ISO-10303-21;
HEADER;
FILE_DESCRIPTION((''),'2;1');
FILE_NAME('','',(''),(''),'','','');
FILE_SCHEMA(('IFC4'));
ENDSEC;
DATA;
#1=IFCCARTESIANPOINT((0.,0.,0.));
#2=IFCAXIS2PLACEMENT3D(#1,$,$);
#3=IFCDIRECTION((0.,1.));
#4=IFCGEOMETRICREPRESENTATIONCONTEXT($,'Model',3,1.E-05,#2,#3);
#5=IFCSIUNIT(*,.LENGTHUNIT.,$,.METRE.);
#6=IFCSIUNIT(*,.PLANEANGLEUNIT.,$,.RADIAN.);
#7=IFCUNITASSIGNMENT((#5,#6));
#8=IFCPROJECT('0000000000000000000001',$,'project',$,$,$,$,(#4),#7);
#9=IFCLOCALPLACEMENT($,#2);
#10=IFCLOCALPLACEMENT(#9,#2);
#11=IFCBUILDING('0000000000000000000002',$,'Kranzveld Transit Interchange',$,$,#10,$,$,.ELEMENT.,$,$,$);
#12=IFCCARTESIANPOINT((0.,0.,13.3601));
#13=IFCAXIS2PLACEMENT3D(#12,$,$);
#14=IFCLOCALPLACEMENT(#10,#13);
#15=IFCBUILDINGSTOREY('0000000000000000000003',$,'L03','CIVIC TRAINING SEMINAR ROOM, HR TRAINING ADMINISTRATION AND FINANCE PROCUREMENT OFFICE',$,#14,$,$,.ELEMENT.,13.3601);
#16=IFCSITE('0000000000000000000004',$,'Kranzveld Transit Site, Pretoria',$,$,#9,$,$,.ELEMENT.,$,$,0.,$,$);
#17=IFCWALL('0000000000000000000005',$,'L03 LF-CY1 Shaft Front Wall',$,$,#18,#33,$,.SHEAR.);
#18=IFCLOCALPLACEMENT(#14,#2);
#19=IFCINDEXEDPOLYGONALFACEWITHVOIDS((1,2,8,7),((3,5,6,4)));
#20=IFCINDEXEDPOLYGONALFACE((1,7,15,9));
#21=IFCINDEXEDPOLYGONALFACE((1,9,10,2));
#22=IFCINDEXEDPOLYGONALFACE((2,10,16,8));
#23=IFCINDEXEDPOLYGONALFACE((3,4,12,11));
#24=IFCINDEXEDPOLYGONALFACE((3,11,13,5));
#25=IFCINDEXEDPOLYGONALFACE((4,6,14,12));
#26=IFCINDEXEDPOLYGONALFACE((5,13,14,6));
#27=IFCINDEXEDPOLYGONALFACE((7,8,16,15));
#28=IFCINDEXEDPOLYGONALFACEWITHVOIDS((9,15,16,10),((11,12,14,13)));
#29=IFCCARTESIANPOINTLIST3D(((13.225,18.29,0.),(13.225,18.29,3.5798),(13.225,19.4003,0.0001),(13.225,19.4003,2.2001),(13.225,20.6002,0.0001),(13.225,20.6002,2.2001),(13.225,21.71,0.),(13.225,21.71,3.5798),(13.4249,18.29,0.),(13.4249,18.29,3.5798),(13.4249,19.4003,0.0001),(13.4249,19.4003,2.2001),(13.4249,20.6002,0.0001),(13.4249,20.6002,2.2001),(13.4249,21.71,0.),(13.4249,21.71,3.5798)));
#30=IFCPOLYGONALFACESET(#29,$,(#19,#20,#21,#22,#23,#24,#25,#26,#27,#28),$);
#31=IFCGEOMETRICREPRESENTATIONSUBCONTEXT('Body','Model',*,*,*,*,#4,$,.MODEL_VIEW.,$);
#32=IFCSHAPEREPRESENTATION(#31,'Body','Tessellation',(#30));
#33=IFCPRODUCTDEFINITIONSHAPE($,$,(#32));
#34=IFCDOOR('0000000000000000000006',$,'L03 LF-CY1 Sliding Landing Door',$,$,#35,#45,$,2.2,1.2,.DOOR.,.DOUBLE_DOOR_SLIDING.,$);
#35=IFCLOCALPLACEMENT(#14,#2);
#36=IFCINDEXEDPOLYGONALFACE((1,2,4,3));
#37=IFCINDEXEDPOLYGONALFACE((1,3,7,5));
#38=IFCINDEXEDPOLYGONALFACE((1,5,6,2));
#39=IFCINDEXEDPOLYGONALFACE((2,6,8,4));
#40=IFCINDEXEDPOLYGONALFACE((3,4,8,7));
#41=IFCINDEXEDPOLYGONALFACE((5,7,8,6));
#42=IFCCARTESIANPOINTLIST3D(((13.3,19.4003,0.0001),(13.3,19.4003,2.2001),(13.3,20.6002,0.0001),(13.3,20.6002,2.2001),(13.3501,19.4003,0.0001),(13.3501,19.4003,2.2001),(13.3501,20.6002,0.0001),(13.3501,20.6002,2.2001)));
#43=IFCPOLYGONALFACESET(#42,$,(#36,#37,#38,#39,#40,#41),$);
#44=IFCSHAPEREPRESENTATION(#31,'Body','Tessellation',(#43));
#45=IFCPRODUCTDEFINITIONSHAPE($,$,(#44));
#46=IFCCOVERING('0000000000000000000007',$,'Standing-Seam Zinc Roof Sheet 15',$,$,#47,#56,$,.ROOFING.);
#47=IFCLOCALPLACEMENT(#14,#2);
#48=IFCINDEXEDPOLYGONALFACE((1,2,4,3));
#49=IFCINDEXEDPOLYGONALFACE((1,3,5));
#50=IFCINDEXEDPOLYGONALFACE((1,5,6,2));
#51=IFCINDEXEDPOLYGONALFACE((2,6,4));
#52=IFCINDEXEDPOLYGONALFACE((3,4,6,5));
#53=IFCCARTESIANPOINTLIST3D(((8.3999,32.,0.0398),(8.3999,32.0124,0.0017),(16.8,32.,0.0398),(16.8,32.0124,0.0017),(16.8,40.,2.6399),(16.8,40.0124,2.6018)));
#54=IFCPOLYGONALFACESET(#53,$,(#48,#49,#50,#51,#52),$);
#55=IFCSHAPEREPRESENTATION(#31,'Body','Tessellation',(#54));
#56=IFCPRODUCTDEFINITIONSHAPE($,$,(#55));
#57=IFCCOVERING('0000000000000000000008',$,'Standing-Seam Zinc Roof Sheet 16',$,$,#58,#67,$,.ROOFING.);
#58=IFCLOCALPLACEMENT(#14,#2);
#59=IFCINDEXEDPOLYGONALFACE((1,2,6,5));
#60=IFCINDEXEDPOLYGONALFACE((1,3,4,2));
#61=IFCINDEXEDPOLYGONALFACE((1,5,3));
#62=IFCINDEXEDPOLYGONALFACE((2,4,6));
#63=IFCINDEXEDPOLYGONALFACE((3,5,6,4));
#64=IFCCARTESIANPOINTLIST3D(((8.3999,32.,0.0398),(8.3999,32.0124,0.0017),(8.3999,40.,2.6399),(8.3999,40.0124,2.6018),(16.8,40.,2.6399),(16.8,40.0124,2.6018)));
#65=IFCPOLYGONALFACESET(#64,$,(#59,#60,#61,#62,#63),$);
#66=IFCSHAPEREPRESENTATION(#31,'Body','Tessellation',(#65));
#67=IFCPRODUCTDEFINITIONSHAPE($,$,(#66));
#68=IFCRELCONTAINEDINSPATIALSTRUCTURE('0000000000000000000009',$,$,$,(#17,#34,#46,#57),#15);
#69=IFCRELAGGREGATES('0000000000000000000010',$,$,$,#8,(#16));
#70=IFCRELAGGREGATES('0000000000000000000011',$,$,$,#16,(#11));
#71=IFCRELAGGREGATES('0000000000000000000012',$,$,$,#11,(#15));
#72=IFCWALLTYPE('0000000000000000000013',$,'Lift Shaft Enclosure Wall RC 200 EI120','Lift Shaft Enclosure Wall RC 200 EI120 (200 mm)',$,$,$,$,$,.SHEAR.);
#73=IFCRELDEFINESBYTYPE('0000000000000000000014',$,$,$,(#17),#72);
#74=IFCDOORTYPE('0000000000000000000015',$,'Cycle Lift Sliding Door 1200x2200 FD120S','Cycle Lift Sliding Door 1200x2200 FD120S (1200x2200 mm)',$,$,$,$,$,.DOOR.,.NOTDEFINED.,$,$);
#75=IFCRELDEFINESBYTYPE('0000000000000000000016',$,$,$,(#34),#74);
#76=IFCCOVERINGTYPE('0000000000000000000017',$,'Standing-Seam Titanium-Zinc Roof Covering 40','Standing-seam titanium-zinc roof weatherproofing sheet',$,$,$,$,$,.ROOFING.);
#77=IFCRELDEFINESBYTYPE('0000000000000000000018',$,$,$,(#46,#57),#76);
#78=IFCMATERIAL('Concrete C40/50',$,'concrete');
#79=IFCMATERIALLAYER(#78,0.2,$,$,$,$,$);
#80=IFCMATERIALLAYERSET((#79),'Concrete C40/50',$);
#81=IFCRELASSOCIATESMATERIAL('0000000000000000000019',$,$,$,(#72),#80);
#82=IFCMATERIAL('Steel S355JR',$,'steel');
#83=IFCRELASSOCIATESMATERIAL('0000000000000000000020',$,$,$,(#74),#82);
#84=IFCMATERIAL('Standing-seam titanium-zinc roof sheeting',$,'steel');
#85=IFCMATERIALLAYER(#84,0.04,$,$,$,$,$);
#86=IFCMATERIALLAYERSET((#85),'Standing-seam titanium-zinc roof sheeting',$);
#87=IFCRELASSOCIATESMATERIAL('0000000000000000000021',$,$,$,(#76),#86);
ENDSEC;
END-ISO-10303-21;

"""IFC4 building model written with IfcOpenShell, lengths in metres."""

from ifc_helpers import new_model, si_unit, direction, frame, frame_2d, origin, place, context, subcontext, project, spatial, polyline, rectangle, outline, extrude, material, layer, layer_set, type_object, element, fill, save


model = new_model("IFC4")

# Units and contexts
model_context = context("Model", 3, precision=1e-05, world=origin(), true_north=direction((0.0, 1.0)))
body_context = subcontext(model_context, "Body", "Model", "MODEL_VIEW")
ifc_project = project(units=[si_unit("LENGTHUNIT", "METRE"), si_unit("PLANEANGLEUNIT", "RADIAN")], contexts=[model_context])

# Site, building, storey
site_placement = place(None, origin())
site = spatial("IfcSite", under=ifc_project, at=site_placement, Name="Kranzveld Transit Site, Pretoria", CompositionType="ELEMENT", RefElevation=0.0)
building_placement = place(site_placement, origin())
building = spatial("IfcBuilding", under=site, at=building_placement, Name="Kranzveld Transit Interchange", CompositionType="ELEMENT")
storey_placement = place(building_placement, frame((0.0, 0.0, 13.3601)))
storey = spatial("IfcBuildingStorey", under=building, at=storey_placement, Name="L03", Description="CIVIC TRAINING SEMINAR ROOM, HR TRAINING ADMINISTRATION AND FINANCE PROCUREMENT OFFICE", CompositionType="ELEMENT", Elevation=13.3601)

# Shared definitions
ifc_material_1 = material(Name="Concrete C40/50", Category="concrete")
ifc_layer_1 = layer(ifc_material_1, 0.2)
ifc_layer_set_1 = layer_set([ifc_layer_1], Name="Concrete C40/50")
wall_type_1 = type_object("IfcWallType", Name="Lift Shaft Enclosure Wall RC 200 EI120", Description="Lift Shaft Enclosure Wall RC 200 EI120 (200 mm)", PredefinedType="SHEAR", material=ifc_layer_set_1)

# Wall, opening, door
wall_1_placement = place(storey_placement, frame((13.325, 18.29, 0.0), z_axis=(0.0, 0.0, 1.0), x_axis=(0.0, 1.0, 0.0)))
wall_1 = element("IfcWall", 1, at=wall_1_placement, inside=storey, type_object=wall_type_1, Name="L03 LF-CY1 Shaft Front Wall", PredefinedType="SHEAR", context=body_context, shape_type="SweptSolid", body=[
    extrude(rectangle(XDim=3.4199, YDim=0.2, at=frame_2d((1.71, 0.0))), origin(), (0.0, 0.0, 1.0), 3.5798),
])
opening_1_placement = place(wall_1_placement, frame((1.1101, 0.0, 0.0), z_axis=(0.0, 0.0, 1.0), x_axis=(1.0, 0.0, 0.0)))
opening_1 = element("IfcOpeningElement", 2, at=opening_1_placement, cuts=wall_1, PredefinedType="OPENING", context=body_context, shape_type="SweptSolid", body=[
    extrude(rectangle(XDim=1.2, YDim=2.2, at=frame_2d((0.6001, 1.1001))), frame((0.0, 0.1099, 0.0), z_axis=(0.0, -1.0, 0.0), x_axis=(1.0, 0.0, 0.0)), (0.0, 0.0, 1.0), 0.22),
])
ifc_material_2 = material(Name="Steel S355JR", Category="steel")
door_type_1 = type_object("IfcDoorType", Name="Cycle Lift Sliding Door 1200x2200 FD120S", Description="Cycle Lift Sliding Door 1200x2200 FD120S (1200x2200 mm)", OperationType="NOTDEFINED", PredefinedType="DOOR", material=ifc_material_2)
door_1_placement = place(opening_1_placement, origin())
door_1 = element("IfcDoor", 3, at=door_1_placement, inside=storey, type_object=door_type_1, Name="L03 LF-CY1 Sliding Landing Door", OperationType="DOUBLE_DOOR_SLIDING", OverallHeight=2.2, OverallWidth=1.2, PredefinedType="DOOR", context=body_context, shape_type="SweptSolid", body=[
    extrude(rectangle(XDim=1.2, YDim=2.2, at=frame_2d((0.6001, 1.1001))), frame((0.0, 0.0249, 0.0), z_axis=(0.0, -1.0, 0.0), x_axis=(1.0, 0.0, 0.0)), (0.0, 0.0, 1.0), 0.05),
])
fill(opening_1, door_1)

# Coverings
ifc_material_3 = material(Name="Standing-seam titanium-zinc roof sheeting", Category="steel")
ifc_layer_2 = layer(ifc_material_3, 0.04)
ifc_layer_set_2 = layer_set([ifc_layer_2], Name="Standing-seam titanium-zinc roof sheeting")
covering_type = type_object("IfcCoveringType", Name="Standing-Seam Titanium-Zinc Roof Covering 40", Description="Standing-seam titanium-zinc roof weatherproofing sheet", PredefinedType="ROOFING", material=ifc_layer_set_2)
covering_1_placement = place(storey_placement, frame((8.3999, 32.0, 0.0398), z_axis=(0.0, -0.309097, 0.951031), x_axis=(1.0, 0.0, 0.0)))
element("IfcCovering", 4, at=covering_1_placement, inside=storey, type_object=covering_type, Name="Standing-Seam Zinc Roof Sheet 15", PredefinedType="ROOFING", context=body_context, shape_type="SweptSolid", body=[
    extrude(outline(polyline([(0.0, 0.0), (8.4001, 0.0), (8.4001, 8.4119), (0.0, 0.0)])), origin(), (0.0, 0.0, -1.0), 0.04),
])
covering_2_placement = place(storey_placement, frame((8.3999, 32.0, 0.0398), z_axis=(0.0, -0.309097, 0.951031), x_axis=(0.706611, 0.672951, 0.218717)))
element("IfcCovering", 5, at=covering_2_placement, inside=storey, type_object=covering_type, Name="Standing-Seam Zinc Roof Sheet 16", PredefinedType="ROOFING", context=body_context, shape_type="SweptSolid", body=[
    extrude(outline(polyline([(0.0, 0.0), (11.8879, 0.0), (5.9523, 5.944), (0.0, 0.0)])), origin(), (0.0, 0.0, -1.0), 0.04),
])

save(model, "model.ifc")
